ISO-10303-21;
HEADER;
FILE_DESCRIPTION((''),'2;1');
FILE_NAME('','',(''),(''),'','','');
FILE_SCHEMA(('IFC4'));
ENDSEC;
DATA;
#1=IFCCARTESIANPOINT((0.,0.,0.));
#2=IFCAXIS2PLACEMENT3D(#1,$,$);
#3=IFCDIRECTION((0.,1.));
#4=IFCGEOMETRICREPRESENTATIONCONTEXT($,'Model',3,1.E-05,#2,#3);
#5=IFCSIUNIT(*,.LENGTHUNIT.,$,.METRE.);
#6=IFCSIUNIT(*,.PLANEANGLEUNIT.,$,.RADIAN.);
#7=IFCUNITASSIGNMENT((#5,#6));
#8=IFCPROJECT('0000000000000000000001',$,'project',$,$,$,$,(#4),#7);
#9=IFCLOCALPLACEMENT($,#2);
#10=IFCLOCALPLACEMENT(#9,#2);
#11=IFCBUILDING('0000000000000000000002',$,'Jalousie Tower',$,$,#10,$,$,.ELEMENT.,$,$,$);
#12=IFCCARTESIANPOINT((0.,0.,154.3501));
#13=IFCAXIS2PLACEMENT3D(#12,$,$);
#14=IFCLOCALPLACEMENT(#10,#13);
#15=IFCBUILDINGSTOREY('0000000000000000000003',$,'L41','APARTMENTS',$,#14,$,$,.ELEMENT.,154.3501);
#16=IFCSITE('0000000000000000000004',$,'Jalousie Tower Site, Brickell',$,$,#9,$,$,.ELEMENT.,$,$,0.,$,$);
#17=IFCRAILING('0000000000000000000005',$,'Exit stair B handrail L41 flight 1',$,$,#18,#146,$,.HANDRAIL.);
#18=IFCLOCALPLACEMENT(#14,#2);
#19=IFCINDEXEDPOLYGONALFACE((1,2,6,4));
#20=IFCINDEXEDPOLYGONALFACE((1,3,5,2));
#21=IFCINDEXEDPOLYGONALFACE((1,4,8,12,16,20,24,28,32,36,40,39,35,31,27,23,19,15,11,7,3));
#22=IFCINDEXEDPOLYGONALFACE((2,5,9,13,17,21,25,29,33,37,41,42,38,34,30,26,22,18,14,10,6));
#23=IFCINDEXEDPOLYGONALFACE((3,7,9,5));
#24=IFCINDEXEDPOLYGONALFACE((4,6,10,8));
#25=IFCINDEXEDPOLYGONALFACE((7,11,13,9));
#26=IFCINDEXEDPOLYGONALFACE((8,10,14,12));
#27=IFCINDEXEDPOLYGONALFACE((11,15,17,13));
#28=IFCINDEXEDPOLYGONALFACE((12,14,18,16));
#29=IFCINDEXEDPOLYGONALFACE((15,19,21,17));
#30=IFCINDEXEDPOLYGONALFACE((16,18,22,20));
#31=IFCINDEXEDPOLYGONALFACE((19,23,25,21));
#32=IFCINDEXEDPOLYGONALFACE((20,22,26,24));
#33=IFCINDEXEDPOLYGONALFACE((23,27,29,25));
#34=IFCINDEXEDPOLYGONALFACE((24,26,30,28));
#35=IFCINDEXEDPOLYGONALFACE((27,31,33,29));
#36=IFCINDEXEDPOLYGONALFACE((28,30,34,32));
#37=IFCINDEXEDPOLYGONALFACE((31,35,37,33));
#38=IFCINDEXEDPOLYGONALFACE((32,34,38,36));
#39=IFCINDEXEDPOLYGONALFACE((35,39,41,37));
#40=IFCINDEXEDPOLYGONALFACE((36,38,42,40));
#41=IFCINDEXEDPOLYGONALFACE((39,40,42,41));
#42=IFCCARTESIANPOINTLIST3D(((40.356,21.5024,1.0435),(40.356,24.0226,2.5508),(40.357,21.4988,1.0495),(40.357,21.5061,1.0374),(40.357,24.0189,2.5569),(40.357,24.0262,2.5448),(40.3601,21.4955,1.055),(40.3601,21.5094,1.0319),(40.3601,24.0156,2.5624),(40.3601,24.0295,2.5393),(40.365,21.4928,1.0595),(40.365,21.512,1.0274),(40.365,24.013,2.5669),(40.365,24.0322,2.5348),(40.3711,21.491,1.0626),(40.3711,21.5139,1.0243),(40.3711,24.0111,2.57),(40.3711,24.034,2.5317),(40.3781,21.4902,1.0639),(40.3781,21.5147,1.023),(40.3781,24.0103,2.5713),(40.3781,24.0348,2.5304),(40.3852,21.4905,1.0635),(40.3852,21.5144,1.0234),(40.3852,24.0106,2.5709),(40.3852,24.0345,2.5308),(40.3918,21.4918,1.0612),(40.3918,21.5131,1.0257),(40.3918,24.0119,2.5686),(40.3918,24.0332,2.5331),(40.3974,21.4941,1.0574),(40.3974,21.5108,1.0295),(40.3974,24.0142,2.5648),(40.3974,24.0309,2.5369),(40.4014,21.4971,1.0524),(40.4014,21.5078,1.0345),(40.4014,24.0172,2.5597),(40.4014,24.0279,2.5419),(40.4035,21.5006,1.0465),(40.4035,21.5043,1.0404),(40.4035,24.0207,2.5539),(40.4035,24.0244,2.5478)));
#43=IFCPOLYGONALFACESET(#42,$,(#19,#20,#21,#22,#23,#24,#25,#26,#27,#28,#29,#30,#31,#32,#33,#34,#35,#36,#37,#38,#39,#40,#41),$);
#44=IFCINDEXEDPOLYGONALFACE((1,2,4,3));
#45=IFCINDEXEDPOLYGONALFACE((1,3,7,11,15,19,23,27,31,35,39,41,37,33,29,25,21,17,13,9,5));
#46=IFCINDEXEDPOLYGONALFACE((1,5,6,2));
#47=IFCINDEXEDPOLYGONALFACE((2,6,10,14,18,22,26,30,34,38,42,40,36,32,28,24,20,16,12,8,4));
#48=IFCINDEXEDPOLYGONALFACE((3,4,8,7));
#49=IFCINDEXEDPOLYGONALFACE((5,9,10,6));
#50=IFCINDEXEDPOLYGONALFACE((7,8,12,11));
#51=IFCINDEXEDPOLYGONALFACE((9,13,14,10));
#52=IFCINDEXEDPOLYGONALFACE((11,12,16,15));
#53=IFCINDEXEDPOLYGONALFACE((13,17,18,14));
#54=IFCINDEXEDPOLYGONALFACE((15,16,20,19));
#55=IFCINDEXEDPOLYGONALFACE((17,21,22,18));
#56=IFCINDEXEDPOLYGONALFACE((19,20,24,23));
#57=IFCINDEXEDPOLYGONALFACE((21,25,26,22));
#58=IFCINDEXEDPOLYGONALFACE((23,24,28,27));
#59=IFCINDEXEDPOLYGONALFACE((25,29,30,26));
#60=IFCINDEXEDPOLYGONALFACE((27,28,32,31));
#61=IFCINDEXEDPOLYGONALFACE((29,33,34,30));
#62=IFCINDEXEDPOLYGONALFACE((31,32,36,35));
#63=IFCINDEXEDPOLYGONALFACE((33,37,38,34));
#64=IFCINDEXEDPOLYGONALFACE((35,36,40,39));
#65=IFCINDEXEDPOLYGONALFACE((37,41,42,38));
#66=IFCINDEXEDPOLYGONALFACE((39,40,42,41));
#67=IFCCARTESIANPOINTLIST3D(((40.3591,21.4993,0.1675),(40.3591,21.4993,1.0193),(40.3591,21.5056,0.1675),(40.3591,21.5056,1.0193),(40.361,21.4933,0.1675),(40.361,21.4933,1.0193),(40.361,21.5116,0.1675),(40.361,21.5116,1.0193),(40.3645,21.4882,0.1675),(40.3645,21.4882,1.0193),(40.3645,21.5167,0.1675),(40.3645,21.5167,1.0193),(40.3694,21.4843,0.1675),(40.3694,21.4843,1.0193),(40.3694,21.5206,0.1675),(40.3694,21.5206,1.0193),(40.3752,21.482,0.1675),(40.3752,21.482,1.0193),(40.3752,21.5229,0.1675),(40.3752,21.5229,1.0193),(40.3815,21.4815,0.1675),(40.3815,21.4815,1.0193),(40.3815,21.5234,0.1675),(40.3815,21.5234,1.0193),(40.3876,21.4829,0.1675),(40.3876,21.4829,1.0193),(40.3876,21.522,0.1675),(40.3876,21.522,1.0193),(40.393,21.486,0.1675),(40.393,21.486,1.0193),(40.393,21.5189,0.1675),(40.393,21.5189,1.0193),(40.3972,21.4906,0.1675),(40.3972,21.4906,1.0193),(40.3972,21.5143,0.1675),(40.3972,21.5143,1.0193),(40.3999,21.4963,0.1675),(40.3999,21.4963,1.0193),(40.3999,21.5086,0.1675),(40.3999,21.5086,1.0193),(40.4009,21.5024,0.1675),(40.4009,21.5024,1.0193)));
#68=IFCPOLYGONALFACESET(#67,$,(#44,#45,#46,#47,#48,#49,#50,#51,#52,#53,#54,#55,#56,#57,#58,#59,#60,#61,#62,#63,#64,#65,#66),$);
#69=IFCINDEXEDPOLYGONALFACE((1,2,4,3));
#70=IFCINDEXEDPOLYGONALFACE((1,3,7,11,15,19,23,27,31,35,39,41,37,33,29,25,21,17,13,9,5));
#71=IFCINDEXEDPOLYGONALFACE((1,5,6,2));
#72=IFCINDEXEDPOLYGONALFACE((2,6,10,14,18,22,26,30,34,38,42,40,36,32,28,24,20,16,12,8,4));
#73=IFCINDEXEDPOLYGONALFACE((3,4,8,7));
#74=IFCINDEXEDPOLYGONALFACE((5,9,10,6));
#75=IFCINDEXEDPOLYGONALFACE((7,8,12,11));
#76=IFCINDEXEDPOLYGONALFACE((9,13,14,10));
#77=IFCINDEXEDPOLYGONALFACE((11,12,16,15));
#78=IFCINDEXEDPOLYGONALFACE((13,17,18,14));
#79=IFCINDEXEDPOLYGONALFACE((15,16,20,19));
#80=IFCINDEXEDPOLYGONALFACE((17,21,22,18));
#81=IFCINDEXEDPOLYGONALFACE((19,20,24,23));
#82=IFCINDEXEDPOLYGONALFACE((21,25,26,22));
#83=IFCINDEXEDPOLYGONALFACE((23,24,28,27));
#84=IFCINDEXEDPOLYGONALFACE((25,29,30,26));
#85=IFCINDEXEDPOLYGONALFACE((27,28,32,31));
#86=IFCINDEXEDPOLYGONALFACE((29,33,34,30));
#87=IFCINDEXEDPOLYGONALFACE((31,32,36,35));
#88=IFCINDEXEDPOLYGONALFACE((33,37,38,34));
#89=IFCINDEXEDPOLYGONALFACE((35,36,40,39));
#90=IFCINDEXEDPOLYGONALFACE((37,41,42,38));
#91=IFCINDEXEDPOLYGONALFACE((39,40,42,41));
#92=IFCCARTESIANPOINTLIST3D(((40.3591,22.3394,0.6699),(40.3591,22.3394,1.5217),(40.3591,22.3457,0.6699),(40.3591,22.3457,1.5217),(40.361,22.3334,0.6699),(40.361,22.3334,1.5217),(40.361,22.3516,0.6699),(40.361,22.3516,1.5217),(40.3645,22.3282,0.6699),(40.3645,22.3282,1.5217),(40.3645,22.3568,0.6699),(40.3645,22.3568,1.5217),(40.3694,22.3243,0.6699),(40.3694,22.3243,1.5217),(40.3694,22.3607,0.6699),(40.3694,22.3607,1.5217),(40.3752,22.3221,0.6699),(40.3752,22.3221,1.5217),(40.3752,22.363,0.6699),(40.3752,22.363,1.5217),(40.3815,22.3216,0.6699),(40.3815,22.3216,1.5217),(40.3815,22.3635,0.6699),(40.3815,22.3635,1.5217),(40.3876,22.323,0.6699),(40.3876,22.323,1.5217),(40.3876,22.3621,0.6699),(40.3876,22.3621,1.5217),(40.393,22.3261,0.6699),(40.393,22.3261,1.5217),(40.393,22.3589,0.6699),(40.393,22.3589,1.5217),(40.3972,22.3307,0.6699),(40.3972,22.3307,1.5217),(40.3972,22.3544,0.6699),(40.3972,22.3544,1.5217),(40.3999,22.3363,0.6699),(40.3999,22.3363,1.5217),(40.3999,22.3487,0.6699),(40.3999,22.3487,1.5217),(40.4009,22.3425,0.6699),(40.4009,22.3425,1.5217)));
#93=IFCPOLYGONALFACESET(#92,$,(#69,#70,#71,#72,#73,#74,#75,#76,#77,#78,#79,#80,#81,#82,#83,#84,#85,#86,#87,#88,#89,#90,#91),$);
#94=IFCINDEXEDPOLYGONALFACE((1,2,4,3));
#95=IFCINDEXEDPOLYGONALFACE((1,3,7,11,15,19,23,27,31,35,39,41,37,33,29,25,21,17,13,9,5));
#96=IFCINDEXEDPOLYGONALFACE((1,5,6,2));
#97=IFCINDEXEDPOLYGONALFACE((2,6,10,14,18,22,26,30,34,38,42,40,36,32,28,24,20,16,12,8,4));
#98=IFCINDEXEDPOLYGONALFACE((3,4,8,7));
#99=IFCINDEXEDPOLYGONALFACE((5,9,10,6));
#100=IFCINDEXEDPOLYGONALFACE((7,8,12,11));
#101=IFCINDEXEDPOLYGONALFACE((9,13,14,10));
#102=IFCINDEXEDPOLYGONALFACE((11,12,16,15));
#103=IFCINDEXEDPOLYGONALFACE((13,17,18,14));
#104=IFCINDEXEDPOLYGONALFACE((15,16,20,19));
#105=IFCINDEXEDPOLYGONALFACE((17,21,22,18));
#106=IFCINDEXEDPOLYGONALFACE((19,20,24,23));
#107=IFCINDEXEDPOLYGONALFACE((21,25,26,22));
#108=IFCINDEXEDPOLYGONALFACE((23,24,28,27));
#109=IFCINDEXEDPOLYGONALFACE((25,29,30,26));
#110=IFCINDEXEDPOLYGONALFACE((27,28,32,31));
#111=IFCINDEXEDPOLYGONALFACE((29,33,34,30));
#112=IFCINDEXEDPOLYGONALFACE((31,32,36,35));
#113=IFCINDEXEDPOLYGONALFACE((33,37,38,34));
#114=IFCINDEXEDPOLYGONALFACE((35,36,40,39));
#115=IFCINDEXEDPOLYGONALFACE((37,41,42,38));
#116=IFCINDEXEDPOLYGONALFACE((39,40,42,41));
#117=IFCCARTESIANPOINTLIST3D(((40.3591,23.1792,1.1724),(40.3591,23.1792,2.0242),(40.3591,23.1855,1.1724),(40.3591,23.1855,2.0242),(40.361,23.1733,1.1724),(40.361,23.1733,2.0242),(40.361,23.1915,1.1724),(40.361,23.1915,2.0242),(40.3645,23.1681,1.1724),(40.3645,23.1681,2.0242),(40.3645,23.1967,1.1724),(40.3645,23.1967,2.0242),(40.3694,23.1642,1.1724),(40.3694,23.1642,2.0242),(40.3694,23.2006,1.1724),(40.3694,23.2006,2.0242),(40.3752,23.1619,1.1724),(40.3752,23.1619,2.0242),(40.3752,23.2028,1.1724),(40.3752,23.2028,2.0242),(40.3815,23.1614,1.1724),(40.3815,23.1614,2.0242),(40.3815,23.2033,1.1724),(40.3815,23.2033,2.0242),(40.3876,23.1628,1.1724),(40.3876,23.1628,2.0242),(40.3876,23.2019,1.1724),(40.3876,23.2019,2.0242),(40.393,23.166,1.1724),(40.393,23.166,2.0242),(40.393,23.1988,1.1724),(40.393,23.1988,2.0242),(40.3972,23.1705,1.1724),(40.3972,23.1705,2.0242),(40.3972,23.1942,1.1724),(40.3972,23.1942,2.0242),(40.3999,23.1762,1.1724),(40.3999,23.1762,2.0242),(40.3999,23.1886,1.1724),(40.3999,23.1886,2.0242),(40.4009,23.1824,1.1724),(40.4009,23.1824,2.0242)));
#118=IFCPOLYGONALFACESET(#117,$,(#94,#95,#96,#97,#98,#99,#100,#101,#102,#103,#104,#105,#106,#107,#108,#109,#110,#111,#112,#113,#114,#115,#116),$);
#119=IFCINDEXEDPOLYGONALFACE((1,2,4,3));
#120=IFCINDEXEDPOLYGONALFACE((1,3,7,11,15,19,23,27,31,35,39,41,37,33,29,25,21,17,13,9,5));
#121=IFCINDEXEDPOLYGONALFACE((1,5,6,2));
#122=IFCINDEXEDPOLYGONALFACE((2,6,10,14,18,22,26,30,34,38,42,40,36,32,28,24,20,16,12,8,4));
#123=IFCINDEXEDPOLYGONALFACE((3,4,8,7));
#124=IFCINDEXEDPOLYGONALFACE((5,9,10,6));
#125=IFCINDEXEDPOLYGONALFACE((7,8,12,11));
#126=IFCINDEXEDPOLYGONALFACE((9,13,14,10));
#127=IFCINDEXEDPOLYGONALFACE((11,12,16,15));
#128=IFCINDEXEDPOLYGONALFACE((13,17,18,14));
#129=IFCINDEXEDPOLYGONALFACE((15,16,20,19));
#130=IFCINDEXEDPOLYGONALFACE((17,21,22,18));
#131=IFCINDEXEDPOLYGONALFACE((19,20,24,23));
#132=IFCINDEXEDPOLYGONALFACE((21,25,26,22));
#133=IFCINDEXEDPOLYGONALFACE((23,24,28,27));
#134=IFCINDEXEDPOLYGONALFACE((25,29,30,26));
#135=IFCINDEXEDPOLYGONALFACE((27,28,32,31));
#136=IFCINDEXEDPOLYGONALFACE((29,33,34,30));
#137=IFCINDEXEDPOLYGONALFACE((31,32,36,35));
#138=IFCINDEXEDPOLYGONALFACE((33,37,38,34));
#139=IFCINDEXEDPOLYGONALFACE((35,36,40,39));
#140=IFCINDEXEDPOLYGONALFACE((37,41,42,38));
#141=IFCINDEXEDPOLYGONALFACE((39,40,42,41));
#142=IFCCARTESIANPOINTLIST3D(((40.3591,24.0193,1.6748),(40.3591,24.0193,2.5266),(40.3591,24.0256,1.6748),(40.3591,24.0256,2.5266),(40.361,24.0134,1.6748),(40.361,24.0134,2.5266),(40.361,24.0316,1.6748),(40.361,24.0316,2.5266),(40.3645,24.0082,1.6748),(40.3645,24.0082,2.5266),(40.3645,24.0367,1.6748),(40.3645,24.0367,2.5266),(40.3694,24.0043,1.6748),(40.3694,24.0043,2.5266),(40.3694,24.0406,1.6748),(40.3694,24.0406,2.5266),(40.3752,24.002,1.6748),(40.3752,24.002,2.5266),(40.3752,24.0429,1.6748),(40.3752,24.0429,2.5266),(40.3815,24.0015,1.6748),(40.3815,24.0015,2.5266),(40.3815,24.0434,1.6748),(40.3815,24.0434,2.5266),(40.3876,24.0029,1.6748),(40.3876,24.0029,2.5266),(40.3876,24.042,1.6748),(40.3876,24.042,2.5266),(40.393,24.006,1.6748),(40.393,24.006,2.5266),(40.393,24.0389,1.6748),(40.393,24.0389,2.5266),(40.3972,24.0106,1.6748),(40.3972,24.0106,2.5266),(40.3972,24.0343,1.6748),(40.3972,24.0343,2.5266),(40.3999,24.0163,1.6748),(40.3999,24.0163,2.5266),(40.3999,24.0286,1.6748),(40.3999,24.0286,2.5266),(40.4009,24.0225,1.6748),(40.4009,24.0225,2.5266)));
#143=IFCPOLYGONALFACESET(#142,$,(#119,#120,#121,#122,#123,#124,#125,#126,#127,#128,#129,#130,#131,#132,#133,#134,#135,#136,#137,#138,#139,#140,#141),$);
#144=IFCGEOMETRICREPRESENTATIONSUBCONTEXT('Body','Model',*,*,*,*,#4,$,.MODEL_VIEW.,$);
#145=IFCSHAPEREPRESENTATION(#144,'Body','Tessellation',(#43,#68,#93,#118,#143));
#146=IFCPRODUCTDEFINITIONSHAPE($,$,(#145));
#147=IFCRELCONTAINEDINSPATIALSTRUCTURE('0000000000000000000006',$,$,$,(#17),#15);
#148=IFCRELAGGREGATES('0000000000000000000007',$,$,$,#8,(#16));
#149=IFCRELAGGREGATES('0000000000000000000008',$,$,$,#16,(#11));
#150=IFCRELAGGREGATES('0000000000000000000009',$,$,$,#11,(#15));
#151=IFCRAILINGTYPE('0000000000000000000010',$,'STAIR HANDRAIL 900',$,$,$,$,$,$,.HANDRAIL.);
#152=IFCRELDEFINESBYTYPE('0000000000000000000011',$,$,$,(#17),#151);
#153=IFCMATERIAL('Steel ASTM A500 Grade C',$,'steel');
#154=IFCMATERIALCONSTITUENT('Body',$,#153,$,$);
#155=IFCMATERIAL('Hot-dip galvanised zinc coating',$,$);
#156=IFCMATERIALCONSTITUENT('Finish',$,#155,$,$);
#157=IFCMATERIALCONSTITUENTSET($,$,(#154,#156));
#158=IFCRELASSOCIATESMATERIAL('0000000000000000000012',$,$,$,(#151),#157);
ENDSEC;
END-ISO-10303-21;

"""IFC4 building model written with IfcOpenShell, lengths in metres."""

from ifc_helpers import new_model, si_unit, direction, frame, origin, origin_2d, place, context, subcontext, project, spatial, circle, extrude, material, constituent, constituent_set, type_object, element, save


model = new_model("IFC4")

# Units and contexts
model_context = context("Model", 3, precision=1e-05, world=origin(), true_north=direction((0.0, 1.0)))
body_context = subcontext(model_context, "Body", "Model", "MODEL_VIEW")
ifc_project = project(units=[si_unit("LENGTHUNIT", "METRE"), si_unit("PLANEANGLEUNIT", "RADIAN")], contexts=[model_context])

# Site, building, storey
site_placement = place(None, origin())
site = spatial("IfcSite", under=ifc_project, at=site_placement, Name="Jalousie Tower Site, Brickell", CompositionType="ELEMENT", RefElevation=0.0)
building_placement = place(site_placement, origin())
building = spatial("IfcBuilding", under=site, at=building_placement, Name="Jalousie Tower", CompositionType="ELEMENT")
storey_placement = place(building_placement, frame((0.0, 0.0, 154.3501)))
storey = spatial("IfcBuildingStorey", under=building, at=storey_placement, Name="L41", Description="APARTMENTS", CompositionType="ELEMENT", Elevation=154.3501)

# Railing
ifc_material_1 = material(Name="Steel ASTM A500 Grade C", Category="steel")
ifc_constituent_1 = constituent(ifc_material_1, Name="Body")
ifc_material_2 = material(Name="Hot-dip galvanised zinc coating")
ifc_constituent_2 = constituent(ifc_material_2, Name="Finish")
ifc_constituent_set_1 = constituent_set(constituents=[ifc_constituent_1, ifc_constituent_2])
railing_type_1 = type_object("IfcRailingType", Name="STAIR HANDRAIL 900", PredefinedType="HANDRAIL", material=ifc_constituent_set_1)
railing_1_placement = place(storey_placement, frame((40.3799, 21.5024, 0.1675)))
element("IfcRailing", 1, at=railing_1_placement, inside=storey, type_object=railing_type_1, Name="Exit stair B handrail L41 flight 1", PredefinedType="HANDRAIL", context=body_context, shape_type="SweptSolid", body=[
    extrude(circle(Radius=0.0239, at=origin_2d()), frame((0.0, 0.0, 0.876), z_axis=(0.0, 0.858196, 0.513321), x_axis=(-1.0, 0.0, 0.0)), (0.0, 0.0, 1.0), 2.9365),
    extrude(circle(Radius=0.021, at=origin_2d()), origin(), (0.0, 0.0, 1.0), 0.8518),
    extrude(circle(Radius=0.021, at=origin_2d()), frame((0.0, 0.8401, 0.5024)), (0.0, 0.0, 1.0), 0.8518),
    extrude(circle(Radius=0.021, at=origin_2d()), frame((0.0, 1.6799, 1.0049)), (0.0, 0.0, 1.0), 0.8518),
    extrude(circle(Radius=0.021, at=origin_2d()), frame((0.0, 2.52, 1.5073)), (0.0, 0.0, 1.0), 0.8518),
])

save(model, "model.ifc")
